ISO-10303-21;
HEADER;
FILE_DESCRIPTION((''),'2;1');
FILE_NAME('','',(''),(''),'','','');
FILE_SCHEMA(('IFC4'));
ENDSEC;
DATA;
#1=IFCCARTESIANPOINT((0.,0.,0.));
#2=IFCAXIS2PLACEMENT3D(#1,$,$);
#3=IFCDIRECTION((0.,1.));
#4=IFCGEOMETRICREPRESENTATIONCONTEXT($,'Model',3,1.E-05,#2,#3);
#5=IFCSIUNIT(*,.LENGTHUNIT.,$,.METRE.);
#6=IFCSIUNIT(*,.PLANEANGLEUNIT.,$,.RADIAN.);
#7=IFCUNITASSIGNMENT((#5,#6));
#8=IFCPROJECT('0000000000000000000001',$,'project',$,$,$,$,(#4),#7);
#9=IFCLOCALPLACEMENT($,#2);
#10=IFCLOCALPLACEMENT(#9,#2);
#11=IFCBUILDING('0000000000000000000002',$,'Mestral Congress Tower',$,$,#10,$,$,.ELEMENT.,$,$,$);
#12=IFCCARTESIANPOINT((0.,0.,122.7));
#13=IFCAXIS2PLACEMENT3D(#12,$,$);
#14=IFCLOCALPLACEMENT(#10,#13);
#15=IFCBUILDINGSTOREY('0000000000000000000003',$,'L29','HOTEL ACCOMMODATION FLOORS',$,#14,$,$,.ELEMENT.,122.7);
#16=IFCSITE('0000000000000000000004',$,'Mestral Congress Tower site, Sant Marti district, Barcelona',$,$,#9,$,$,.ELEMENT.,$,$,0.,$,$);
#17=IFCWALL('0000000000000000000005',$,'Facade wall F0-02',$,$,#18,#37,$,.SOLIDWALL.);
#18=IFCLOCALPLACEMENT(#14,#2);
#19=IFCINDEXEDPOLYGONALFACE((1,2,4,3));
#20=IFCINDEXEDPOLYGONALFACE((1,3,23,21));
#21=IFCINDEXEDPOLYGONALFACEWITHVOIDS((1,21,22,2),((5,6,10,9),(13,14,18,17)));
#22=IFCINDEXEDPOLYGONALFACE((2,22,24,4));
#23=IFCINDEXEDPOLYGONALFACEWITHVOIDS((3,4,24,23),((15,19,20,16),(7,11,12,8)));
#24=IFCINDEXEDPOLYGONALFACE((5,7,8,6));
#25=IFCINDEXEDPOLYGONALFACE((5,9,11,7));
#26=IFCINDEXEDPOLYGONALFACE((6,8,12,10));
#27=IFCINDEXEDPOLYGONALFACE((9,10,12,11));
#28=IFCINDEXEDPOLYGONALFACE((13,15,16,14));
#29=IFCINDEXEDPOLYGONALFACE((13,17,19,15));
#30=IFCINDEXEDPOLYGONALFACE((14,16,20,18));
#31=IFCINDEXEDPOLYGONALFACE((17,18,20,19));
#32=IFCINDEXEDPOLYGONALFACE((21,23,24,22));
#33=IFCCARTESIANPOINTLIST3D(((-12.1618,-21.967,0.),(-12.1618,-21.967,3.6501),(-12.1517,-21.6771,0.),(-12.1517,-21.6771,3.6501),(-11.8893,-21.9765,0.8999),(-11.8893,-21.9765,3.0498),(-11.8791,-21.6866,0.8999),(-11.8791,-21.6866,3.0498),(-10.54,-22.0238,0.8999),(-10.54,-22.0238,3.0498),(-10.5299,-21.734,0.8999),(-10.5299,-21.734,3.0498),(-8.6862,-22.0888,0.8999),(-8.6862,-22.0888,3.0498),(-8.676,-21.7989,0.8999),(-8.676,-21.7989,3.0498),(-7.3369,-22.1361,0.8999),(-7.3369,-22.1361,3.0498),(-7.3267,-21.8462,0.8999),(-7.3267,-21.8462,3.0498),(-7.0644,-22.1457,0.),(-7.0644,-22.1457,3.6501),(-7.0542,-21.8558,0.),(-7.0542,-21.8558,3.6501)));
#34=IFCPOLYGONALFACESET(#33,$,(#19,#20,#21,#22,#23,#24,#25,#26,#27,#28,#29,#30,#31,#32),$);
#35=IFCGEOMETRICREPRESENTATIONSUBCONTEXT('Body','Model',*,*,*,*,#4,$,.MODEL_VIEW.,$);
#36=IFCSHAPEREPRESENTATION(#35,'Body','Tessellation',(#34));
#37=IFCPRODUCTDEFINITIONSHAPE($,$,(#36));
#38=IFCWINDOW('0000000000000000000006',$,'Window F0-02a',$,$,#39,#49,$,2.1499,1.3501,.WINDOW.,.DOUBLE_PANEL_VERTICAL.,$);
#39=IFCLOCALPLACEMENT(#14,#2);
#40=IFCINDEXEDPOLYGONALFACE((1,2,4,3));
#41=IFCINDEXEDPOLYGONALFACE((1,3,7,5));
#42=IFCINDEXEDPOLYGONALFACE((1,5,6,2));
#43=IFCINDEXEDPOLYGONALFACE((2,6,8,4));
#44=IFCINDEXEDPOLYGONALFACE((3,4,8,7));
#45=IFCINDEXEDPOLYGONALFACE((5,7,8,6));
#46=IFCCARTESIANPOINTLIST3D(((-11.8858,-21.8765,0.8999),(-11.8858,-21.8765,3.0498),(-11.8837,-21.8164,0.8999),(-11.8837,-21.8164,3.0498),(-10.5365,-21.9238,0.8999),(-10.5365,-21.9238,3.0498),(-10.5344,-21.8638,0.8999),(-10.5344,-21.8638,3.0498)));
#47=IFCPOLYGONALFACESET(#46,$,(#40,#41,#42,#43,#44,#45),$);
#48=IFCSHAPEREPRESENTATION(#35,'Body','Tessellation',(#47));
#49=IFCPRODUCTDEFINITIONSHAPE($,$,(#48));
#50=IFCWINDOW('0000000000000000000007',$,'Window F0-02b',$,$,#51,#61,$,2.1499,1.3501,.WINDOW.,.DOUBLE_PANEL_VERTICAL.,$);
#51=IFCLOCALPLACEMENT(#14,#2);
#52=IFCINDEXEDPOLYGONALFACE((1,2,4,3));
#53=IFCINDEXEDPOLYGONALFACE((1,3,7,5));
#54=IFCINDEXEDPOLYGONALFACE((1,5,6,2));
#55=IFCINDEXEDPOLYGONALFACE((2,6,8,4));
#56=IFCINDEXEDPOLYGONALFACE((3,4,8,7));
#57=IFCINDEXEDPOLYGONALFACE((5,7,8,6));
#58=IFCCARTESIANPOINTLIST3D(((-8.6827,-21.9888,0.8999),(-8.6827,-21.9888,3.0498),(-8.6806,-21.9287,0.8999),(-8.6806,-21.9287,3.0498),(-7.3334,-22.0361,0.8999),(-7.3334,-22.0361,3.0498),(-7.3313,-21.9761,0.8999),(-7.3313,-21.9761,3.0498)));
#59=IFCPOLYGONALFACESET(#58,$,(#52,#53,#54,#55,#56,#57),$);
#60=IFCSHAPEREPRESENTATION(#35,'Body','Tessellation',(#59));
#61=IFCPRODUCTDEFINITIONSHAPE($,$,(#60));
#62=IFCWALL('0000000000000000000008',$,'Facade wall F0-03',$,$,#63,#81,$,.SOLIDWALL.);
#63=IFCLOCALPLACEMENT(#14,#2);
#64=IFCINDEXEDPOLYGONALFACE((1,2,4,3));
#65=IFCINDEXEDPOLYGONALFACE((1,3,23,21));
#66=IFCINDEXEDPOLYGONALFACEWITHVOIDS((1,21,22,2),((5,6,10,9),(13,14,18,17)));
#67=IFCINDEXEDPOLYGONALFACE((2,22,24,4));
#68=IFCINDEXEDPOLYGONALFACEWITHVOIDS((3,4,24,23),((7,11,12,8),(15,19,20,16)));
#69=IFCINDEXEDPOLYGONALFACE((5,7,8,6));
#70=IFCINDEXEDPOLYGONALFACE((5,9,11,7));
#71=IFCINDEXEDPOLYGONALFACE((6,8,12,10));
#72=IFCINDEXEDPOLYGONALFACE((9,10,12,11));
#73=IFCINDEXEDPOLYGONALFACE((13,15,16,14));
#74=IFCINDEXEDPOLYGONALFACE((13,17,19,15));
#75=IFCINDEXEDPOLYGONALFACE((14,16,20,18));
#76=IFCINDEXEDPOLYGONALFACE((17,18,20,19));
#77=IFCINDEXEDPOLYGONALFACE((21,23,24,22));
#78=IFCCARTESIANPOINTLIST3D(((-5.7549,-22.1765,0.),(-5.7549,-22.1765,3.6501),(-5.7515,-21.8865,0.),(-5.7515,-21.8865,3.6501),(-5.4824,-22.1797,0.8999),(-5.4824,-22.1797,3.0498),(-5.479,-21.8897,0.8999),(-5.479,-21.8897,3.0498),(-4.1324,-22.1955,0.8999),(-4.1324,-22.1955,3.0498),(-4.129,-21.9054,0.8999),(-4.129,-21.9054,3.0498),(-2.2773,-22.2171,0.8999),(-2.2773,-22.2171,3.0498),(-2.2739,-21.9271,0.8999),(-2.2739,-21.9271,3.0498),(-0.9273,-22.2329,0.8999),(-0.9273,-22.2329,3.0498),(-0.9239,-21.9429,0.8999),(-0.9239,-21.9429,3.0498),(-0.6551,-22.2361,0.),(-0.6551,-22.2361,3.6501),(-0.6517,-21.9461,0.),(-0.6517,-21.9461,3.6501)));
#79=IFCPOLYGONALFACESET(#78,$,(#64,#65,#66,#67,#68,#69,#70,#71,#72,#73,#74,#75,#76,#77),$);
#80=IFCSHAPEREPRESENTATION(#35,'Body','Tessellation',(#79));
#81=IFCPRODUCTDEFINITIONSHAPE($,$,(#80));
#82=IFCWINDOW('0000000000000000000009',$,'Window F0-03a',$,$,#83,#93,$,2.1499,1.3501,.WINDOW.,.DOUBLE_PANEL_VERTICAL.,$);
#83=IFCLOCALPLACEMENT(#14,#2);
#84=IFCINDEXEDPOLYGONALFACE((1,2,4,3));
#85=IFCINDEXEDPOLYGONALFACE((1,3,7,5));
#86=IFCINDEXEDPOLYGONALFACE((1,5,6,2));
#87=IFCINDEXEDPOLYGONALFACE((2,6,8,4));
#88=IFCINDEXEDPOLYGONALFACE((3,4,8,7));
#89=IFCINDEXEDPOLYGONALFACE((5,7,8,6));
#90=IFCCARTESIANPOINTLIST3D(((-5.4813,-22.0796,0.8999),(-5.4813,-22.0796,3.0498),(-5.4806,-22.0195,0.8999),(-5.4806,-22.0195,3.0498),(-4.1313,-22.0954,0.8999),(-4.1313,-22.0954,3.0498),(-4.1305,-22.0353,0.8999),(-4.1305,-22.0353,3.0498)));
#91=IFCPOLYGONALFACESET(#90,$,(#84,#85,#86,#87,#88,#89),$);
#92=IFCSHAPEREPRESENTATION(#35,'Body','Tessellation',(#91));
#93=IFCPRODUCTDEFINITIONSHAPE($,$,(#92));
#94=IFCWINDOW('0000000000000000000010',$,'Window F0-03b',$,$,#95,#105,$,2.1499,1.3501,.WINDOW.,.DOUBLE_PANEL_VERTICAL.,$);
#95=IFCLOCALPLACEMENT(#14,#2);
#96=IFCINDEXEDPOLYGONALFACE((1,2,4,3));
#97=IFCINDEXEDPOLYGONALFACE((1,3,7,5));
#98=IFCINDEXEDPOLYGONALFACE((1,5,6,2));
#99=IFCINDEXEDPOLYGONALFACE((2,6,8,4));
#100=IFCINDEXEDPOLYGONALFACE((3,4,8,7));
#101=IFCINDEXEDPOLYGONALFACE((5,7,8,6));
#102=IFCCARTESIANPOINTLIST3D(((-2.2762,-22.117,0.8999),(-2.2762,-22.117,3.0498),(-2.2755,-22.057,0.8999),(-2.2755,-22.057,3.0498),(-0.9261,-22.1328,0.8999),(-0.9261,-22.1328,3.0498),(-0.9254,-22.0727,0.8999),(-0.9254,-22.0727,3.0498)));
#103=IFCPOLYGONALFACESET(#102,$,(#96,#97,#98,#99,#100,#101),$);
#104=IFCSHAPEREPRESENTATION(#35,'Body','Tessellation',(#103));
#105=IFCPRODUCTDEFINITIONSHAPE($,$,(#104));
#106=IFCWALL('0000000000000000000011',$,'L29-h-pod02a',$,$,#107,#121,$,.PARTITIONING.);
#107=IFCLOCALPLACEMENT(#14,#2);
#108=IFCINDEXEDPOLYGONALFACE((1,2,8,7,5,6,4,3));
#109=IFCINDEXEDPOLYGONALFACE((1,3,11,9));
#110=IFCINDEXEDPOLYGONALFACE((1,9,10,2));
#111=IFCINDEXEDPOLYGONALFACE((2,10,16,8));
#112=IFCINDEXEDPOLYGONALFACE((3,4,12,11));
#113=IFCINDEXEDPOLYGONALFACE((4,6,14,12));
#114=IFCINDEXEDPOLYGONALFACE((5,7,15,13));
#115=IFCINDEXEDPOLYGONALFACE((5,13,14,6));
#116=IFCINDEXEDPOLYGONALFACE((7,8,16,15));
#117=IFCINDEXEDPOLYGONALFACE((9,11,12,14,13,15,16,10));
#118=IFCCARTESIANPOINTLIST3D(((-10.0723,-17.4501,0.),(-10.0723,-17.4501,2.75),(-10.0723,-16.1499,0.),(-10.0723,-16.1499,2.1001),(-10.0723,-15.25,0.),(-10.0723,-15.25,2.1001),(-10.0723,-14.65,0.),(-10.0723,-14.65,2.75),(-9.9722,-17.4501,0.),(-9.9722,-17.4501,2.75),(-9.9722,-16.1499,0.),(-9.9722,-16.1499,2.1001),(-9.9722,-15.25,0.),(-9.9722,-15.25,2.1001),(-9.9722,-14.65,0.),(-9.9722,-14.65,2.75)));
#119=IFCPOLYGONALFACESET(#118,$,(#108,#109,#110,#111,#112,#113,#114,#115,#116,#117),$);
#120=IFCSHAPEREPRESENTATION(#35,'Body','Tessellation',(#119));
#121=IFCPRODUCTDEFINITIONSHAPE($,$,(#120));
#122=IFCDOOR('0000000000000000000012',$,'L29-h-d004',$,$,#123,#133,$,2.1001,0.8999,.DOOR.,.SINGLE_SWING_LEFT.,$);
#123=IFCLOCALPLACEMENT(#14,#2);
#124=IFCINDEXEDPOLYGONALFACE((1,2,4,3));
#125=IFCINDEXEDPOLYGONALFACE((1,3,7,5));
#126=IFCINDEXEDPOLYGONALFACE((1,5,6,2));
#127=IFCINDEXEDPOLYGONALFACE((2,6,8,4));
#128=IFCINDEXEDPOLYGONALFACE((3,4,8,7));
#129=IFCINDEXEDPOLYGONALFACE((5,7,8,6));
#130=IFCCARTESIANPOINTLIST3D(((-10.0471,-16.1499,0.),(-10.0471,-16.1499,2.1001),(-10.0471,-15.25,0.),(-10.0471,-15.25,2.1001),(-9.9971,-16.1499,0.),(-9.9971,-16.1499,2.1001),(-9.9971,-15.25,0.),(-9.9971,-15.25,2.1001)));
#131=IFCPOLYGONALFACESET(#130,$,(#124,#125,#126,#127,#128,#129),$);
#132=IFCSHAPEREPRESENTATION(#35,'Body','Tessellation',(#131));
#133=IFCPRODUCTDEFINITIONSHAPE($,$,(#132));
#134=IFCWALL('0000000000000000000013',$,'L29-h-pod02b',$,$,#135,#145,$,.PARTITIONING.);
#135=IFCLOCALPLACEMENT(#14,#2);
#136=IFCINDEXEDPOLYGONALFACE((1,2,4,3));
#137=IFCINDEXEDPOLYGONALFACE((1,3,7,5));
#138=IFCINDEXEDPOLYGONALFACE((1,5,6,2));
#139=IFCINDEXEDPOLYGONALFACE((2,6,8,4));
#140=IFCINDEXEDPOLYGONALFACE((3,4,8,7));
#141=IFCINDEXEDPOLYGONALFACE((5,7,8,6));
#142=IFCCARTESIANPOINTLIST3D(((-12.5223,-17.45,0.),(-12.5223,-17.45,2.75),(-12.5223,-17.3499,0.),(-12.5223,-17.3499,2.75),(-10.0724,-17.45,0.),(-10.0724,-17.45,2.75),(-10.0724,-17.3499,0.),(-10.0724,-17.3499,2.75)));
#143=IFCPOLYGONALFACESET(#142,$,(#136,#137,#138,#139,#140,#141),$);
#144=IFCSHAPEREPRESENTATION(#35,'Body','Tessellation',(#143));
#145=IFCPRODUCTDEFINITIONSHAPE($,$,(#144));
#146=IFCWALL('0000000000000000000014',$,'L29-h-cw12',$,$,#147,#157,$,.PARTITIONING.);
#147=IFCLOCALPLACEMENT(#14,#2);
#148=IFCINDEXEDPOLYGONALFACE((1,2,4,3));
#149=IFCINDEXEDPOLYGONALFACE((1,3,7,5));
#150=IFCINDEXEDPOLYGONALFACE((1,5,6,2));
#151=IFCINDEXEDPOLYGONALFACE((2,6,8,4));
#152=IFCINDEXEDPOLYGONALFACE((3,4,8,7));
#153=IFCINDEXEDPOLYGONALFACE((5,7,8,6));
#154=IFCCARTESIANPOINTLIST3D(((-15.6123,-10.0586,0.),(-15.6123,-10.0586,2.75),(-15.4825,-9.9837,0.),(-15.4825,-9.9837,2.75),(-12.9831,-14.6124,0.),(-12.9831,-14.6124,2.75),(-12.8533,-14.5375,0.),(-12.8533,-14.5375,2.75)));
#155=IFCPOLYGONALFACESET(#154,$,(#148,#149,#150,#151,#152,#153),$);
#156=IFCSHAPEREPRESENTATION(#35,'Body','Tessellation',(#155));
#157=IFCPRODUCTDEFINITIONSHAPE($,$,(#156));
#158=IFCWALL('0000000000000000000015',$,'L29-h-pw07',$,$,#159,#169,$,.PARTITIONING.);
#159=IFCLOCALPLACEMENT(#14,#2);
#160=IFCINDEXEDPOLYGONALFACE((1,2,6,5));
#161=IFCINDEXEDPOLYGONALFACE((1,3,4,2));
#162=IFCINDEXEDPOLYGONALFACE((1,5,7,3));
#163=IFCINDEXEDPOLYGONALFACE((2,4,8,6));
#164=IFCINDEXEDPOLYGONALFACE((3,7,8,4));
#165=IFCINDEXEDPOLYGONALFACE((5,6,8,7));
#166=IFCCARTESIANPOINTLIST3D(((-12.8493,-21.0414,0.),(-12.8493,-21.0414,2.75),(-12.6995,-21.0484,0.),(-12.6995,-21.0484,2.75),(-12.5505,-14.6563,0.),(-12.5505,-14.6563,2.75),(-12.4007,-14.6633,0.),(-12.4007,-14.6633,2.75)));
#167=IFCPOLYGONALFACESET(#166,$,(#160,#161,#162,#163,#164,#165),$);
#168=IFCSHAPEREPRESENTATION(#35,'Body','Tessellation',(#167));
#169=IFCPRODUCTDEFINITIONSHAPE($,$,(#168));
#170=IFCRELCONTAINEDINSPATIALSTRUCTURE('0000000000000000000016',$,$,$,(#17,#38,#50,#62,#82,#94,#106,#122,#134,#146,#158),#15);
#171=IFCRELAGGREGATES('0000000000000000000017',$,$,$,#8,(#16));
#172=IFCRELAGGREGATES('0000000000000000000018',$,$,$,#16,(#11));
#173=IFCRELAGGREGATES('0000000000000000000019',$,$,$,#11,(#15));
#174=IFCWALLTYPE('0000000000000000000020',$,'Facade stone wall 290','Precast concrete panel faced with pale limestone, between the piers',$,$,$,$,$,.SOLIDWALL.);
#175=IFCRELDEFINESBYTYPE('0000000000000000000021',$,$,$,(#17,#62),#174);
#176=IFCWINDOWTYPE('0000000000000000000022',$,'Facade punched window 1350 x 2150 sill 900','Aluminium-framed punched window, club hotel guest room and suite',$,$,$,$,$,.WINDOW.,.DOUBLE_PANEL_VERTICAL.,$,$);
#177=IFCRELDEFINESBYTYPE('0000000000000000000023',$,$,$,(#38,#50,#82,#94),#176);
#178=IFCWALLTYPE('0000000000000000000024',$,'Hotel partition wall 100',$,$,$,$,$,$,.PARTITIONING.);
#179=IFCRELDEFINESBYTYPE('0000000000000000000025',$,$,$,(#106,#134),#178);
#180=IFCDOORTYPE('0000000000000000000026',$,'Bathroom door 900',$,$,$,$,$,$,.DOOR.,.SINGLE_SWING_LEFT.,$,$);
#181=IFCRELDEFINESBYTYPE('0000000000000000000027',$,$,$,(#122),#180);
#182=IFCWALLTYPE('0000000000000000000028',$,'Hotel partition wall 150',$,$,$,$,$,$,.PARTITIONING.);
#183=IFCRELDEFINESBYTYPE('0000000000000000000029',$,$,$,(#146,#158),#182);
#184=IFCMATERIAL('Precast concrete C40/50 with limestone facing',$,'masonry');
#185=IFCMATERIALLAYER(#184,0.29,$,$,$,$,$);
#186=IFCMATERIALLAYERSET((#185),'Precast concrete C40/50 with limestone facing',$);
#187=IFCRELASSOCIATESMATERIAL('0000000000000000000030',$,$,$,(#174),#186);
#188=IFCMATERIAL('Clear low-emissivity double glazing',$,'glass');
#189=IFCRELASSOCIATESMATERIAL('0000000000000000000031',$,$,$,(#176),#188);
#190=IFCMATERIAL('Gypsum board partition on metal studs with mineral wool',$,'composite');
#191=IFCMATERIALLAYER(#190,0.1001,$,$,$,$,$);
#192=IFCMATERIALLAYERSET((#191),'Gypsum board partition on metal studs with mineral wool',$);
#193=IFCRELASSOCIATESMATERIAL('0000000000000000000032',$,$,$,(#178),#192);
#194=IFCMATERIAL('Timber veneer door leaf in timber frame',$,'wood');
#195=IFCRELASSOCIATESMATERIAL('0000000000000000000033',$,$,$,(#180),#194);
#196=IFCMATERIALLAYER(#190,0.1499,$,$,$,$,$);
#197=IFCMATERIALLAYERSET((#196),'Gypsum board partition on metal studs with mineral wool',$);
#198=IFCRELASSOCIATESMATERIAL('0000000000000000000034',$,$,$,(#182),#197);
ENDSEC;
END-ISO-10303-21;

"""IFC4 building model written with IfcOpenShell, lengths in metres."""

from ifc_helpers import new_model, si_unit, direction, frame, frame_2d, origin, place, context, subcontext, project, spatial, rectangle, extrude, material, layer, layer_set, type_object, element, fill, save


model = new_model("IFC4")

# Units and contexts
model_context = context("Model", 3, precision=1e-05, world=origin(), true_north=direction((0.0, 1.0)))
body_context = subcontext(model_context, "Body", "Model", "MODEL_VIEW")
ifc_project = project(units=[si_unit("LENGTHUNIT", "METRE"), si_unit("PLANEANGLEUNIT", "RADIAN")], contexts=[model_context])

# Site, building, storey
site_placement = place(None, origin())
site = spatial("IfcSite", under=ifc_project, at=site_placement, Name="Mestral Congress Tower site, Sant Marti district, Barcelona", CompositionType="ELEMENT", RefElevation=0.0)
building_placement = place(site_placement, origin())
building = spatial("IfcBuilding", under=site, at=building_placement, Name="Mestral Congress Tower", CompositionType="ELEMENT")
storey_placement = place(building_placement, frame((0.0, 0.0, 122.7)))
storey = spatial("IfcBuildingStorey", under=building, at=storey_placement, Name="L29", Description="HOTEL ACCOMMODATION FLOORS", CompositionType="ELEMENT", Elevation=122.7)

# Walls, openings, windows
ifc_material_1 = material(Name="Precast concrete C40/50 with limestone facing", Category="masonry")
ifc_layer_1 = layer(ifc_material_1, 0.29)
ifc_layer_set_1 = layer_set([ifc_layer_1], Name="Precast concrete C40/50 with limestone facing")
wall_type_1 = type_object("IfcWallType", Name="Facade stone wall 290", Description="Precast concrete panel faced with pale limestone, between the piers", PredefinedType="SOLIDWALL", material=ifc_layer_set_1)
wall_1_placement = place(storey_placement, frame((-12.1567, -21.822, 0.0), z_axis=(0.0, 0.0, 1.0), x_axis=(0.999386, -0.035038, 0.0)))
wall_1 = element("IfcWall", 1, at=wall_1_placement, inside=storey, type_object=wall_type_1, Name="Facade wall F0-02", PredefinedType="SOLIDWALL", context=body_context, shape_type="SweptSolid", body=[
    extrude(rectangle(XDim=5.1006, YDim=0.29, at=frame_2d((2.5503, 0.0))), origin(), (0.0, 0.0, 1.0), 3.6501),
])
opening_1_placement = place(wall_1_placement, frame((0.2727, 0.0, 0.8999)))
opening_1 = element("IfcOpeningElement", 2, at=opening_1_placement, cuts=wall_1, PredefinedType="OPENING", context=body_context, shape_type="SweptSolid", body=[
    extrude(rectangle(XDim=1.3501, YDim=2.1499, at=frame_2d((0.675, 1.075))), frame((0.0, 0.155, 0.0), z_axis=(0.0, -1.0, 0.0), x_axis=(1.0, 0.0, 0.0)), (0.0, 0.0, 1.0), 0.3101),
])
opening_2_placement = place(wall_1_placement, frame((3.4778, 0.0, 0.8999)))
opening_2 = element("IfcOpeningElement", 3, at=opening_2_placement, cuts=wall_1, PredefinedType="OPENING", context=body_context, shape_type="SweptSolid", body=[
    extrude(rectangle(XDim=1.3501, YDim=2.1499, at=frame_2d((0.675, 1.075))), frame((0.0, 0.155, 0.0), z_axis=(0.0, -1.0, 0.0), x_axis=(1.0, 0.0, 0.0)), (0.0, 0.0, 1.0), 0.3101),
])
ifc_material_2 = material(Name="Clear low-emissivity double glazing", Category="glass")
window_type = type_object("IfcWindowType", Name="Facade punched window 1350 x 2150 sill 900", Description="Aluminium-framed punched window, club hotel guest room and suite", PartitioningType="DOUBLE_PANEL_VERTICAL", PredefinedType="WINDOW", material=ifc_material_2)
window_1_placement = place(opening_1_placement, origin())
window_1 = element("IfcWindow", 4, at=window_1_placement, inside=storey, type_object=window_type, Name="Window F0-02a", OverallHeight=2.1499, OverallWidth=1.3501, PartitioningType="DOUBLE_PANEL_VERTICAL", PredefinedType="WINDOW", context=body_context, shape_type="SweptSolid", body=[
    extrude(rectangle(XDim=1.3501, YDim=2.1499, at=frame_2d((0.675, 1.075))), frame((0.0, 0.0151, 0.0), z_axis=(0.0, -1.0, 0.0), x_axis=(1.0, 0.0, 0.0)), (0.0, 0.0, 1.0), 0.0601),
])
fill(opening_1, window_1)
window_2_placement = place(opening_2_placement, origin())
window_2 = element("IfcWindow", 5, at=window_2_placement, inside=storey, type_object=window_type, Name="Window F0-02b", OverallHeight=2.1499, OverallWidth=1.3501, PartitioningType="DOUBLE_PANEL_VERTICAL", PredefinedType="WINDOW", context=body_context, shape_type="SweptSolid", body=[
    extrude(rectangle(XDim=1.3501, YDim=2.1499, at=frame_2d((0.675, 1.075))), frame((0.0, 0.0151, 0.0), z_axis=(0.0, -1.0, 0.0), x_axis=(1.0, 0.0, 0.0)), (0.0, 0.0, 1.0), 0.0601),
])
fill(opening_2, window_2)
wall_2_placement = place(storey_placement, frame((-5.7532, -22.0315, 0.0), z_axis=(0.0, 0.0, 1.0), x_axis=(0.999932, -0.01168, 0.0)))
wall_2 = element("IfcWall", 6, at=wall_2_placement, inside=storey, type_object=wall_type_1, Name="Facade wall F0-03", PredefinedType="SOLIDWALL", context=body_context, shape_type="SweptSolid", body=[
    extrude(rectangle(XDim=5.1001, YDim=0.29, at=frame_2d((2.55, 0.0))), origin(), (0.0, 0.0, 1.0), 3.6501),
])
opening_3_placement = place(wall_2_placement, frame((0.2725, 0.0, 0.8999)))
opening_3 = element("IfcOpeningElement", 7, at=opening_3_placement, cuts=wall_2, PredefinedType="OPENING", context=body_context, shape_type="SweptSolid", body=[
    extrude(rectangle(XDim=1.3501, YDim=2.1499, at=frame_2d((0.675, 1.075))), frame((0.0, 0.155, 0.0), z_axis=(0.0, -1.0, 0.0), x_axis=(1.0, 0.0, 0.0)), (0.0, 0.0, 1.0), 0.3101),
])
opening_4_placement = place(wall_2_placement, frame((3.4778, 0.0, 0.8999)))
opening_4 = element("IfcOpeningElement", 8, at=opening_4_placement, cuts=wall_2, PredefinedType="OPENING", context=body_context, shape_type="SweptSolid", body=[
    extrude(rectangle(XDim=1.3501, YDim=2.1499, at=frame_2d((0.675, 1.075))), frame((0.0, 0.155, 0.0), z_axis=(0.0, -1.0, 0.0), x_axis=(1.0, 0.0, 0.0)), (0.0, 0.0, 1.0), 0.3101),
])
window_3_placement = place(opening_3_placement, origin())
window_3 = element("IfcWindow", 9, at=window_3_placement, inside=storey, type_object=window_type, Name="Window F0-03a", OverallHeight=2.1499, OverallWidth=1.3501, PartitioningType="DOUBLE_PANEL_VERTICAL", PredefinedType="WINDOW", context=body_context, shape_type="SweptSolid", body=[
    extrude(rectangle(XDim=1.3501, YDim=2.1499, at=frame_2d((0.675, 1.075))), frame((0.0, 0.0151, 0.0), z_axis=(0.0, -1.0, 0.0), x_axis=(1.0, 0.0, 0.0)), (0.0, 0.0, 1.0), 0.0601),
])
fill(opening_3, window_3)
window_4_placement = place(opening_4_placement, origin())
window_4 = element("IfcWindow", 10, at=window_4_placement, inside=storey, type_object=window_type, Name="Window F0-03b", OverallHeight=2.1499, OverallWidth=1.3501, PartitioningType="DOUBLE_PANEL_VERTICAL", PredefinedType="WINDOW", context=body_context, shape_type="SweptSolid", body=[
    extrude(rectangle(XDim=1.3501, YDim=2.1499, at=frame_2d((0.675, 1.075))), frame((0.0, 0.0151, 0.0), z_axis=(0.0, -1.0, 0.0), x_axis=(1.0, 0.0, 0.0)), (0.0, 0.0, 1.0), 0.0601),
])
fill(opening_4, window_4)

# Wall, opening, door
ifc_material_3 = material(Name="Gypsum board partition on metal studs with mineral wool", Category="composite")
ifc_layer_2 = layer(ifc_material_3, 0.1001)
ifc_layer_set_2 = layer_set([ifc_layer_2], Name="Gypsum board partition on metal studs with mineral wool")
wall_type_2 = type_object("IfcWallType", Name="Hotel partition wall 100", PredefinedType="PARTITIONING", material=ifc_layer_set_2)
wall_3_placement = place(storey_placement, frame((-10.0222, -17.45, 0.0), z_axis=(0.0, 0.0, 1.0), x_axis=(0.0, 1.0, 0.0)))
wall_3 = element("IfcWall", 11, at=wall_3_placement, inside=storey, type_object=wall_type_2, Name="L29-h-pod02a", PredefinedType="PARTITIONING", context=body_context, shape_type="SweptSolid", body=[
    extrude(rectangle(XDim=2.8, YDim=0.1001, at=frame_2d((1.3999, 0.0))), origin(), (0.0, 0.0, 1.0), 2.75),
])
opening_5_placement = place(wall_3_placement, frame((1.3, 0.0, 0.0)))
opening_5 = element("IfcOpeningElement", 12, at=opening_5_placement, cuts=wall_3, PredefinedType="OPENING", context=body_context, shape_type="SweptSolid", body=[
    extrude(rectangle(XDim=0.8999, YDim=2.1001, at=frame_2d((0.45, 1.05))), frame((0.0, 0.0601, 0.0), z_axis=(0.0, -1.0, 0.0), x_axis=(1.0, 0.0, 0.0)), (0.0, 0.0, 1.0), 0.1201),
])
ifc_material_4 = material(Name="Timber veneer door leaf in timber frame", Category="wood")
door_type = type_object("IfcDoorType", Name="Bathroom door 900", OperationType="SINGLE_SWING_LEFT", PredefinedType="DOOR", material=ifc_material_4)
door_placement = place(opening_5_placement, origin())
door = element("IfcDoor", 13, at=door_placement, inside=storey, type_object=door_type, Name="L29-h-d004", OperationType="SINGLE_SWING_LEFT", OverallHeight=2.1001, OverallWidth=0.8999, PredefinedType="DOOR", context=body_context, shape_type="SweptSolid", body=[
    extrude(rectangle(XDim=0.8999, YDim=2.1001, at=frame_2d((0.45, 1.05))), frame((0.0, 0.0249, 0.0), z_axis=(0.0, -1.0, 0.0), x_axis=(1.0, 0.0, 0.0)), (0.0, 0.0, 1.0), 0.05),
])
fill(opening_5, door)

# Walls
wall_4_placement = place(storey_placement, frame((-10.0723, -17.3999, 0.0), z_axis=(0.0, 0.0, 1.0), x_axis=(-1.0, 0.0, 0.0)))
element("IfcWall", 14, at=wall_4_placement, inside=storey, type_object=wall_type_2, Name="L29-h-pod02b", PredefinedType="PARTITIONING", context=body_context, shape_type="SweptSolid", body=[
    extrude(rectangle(XDim=2.45, YDim=0.1001, at=frame_2d((1.2251, 0.0))), origin(), (0.0, 0.0, 1.0), 2.75),
])
ifc_layer_3 = layer(ifc_material_3, 0.1499)
ifc_layer_set_3 = layer_set([ifc_layer_3], Name="Gypsum board partition on metal studs with mineral wool")
wall_type_3 = type_object("IfcWallType", Name="Hotel partition wall 150", PredefinedType="PARTITIONING", material=ifc_layer_set_3)
wall_5_placement = place(storey_placement, frame((-12.9182, -14.575, 0.0), z_axis=(0.0, 0.0, 1.0), x_axis=(-0.500009, 0.86602, 0.0)))
element("IfcWall", 15, at=wall_5_placement, inside=storey, type_object=wall_type_3, Name="L29-h-cw12", PredefinedType="PARTITIONING", context=body_context, shape_type="SweptSolid", body=[
    extrude(rectangle(XDim=5.2583, YDim=0.1499, at=frame_2d((2.6292, 0.0))), origin(), (0.0, 0.0, 1.0), 2.75),
])
wall_6_placement = place(storey_placement, frame((-12.7744, -21.0449, 0.0), z_axis=(0.0, 0.0, 1.0), x_axis=(0.04675, 0.998907, 0.0)))
element("IfcWall", 16, at=wall_6_placement, inside=storey, type_object=wall_type_3, Name="L29-h-pw07", PredefinedType="PARTITIONING", context=body_context, shape_type="SweptSolid", body=[
    extrude(rectangle(XDim=6.3921, YDim=0.1499, at=frame_2d((3.196, 0.0))), origin(), (0.0, 0.0, 1.0), 2.75),
])

save(model, "model.ifc")
